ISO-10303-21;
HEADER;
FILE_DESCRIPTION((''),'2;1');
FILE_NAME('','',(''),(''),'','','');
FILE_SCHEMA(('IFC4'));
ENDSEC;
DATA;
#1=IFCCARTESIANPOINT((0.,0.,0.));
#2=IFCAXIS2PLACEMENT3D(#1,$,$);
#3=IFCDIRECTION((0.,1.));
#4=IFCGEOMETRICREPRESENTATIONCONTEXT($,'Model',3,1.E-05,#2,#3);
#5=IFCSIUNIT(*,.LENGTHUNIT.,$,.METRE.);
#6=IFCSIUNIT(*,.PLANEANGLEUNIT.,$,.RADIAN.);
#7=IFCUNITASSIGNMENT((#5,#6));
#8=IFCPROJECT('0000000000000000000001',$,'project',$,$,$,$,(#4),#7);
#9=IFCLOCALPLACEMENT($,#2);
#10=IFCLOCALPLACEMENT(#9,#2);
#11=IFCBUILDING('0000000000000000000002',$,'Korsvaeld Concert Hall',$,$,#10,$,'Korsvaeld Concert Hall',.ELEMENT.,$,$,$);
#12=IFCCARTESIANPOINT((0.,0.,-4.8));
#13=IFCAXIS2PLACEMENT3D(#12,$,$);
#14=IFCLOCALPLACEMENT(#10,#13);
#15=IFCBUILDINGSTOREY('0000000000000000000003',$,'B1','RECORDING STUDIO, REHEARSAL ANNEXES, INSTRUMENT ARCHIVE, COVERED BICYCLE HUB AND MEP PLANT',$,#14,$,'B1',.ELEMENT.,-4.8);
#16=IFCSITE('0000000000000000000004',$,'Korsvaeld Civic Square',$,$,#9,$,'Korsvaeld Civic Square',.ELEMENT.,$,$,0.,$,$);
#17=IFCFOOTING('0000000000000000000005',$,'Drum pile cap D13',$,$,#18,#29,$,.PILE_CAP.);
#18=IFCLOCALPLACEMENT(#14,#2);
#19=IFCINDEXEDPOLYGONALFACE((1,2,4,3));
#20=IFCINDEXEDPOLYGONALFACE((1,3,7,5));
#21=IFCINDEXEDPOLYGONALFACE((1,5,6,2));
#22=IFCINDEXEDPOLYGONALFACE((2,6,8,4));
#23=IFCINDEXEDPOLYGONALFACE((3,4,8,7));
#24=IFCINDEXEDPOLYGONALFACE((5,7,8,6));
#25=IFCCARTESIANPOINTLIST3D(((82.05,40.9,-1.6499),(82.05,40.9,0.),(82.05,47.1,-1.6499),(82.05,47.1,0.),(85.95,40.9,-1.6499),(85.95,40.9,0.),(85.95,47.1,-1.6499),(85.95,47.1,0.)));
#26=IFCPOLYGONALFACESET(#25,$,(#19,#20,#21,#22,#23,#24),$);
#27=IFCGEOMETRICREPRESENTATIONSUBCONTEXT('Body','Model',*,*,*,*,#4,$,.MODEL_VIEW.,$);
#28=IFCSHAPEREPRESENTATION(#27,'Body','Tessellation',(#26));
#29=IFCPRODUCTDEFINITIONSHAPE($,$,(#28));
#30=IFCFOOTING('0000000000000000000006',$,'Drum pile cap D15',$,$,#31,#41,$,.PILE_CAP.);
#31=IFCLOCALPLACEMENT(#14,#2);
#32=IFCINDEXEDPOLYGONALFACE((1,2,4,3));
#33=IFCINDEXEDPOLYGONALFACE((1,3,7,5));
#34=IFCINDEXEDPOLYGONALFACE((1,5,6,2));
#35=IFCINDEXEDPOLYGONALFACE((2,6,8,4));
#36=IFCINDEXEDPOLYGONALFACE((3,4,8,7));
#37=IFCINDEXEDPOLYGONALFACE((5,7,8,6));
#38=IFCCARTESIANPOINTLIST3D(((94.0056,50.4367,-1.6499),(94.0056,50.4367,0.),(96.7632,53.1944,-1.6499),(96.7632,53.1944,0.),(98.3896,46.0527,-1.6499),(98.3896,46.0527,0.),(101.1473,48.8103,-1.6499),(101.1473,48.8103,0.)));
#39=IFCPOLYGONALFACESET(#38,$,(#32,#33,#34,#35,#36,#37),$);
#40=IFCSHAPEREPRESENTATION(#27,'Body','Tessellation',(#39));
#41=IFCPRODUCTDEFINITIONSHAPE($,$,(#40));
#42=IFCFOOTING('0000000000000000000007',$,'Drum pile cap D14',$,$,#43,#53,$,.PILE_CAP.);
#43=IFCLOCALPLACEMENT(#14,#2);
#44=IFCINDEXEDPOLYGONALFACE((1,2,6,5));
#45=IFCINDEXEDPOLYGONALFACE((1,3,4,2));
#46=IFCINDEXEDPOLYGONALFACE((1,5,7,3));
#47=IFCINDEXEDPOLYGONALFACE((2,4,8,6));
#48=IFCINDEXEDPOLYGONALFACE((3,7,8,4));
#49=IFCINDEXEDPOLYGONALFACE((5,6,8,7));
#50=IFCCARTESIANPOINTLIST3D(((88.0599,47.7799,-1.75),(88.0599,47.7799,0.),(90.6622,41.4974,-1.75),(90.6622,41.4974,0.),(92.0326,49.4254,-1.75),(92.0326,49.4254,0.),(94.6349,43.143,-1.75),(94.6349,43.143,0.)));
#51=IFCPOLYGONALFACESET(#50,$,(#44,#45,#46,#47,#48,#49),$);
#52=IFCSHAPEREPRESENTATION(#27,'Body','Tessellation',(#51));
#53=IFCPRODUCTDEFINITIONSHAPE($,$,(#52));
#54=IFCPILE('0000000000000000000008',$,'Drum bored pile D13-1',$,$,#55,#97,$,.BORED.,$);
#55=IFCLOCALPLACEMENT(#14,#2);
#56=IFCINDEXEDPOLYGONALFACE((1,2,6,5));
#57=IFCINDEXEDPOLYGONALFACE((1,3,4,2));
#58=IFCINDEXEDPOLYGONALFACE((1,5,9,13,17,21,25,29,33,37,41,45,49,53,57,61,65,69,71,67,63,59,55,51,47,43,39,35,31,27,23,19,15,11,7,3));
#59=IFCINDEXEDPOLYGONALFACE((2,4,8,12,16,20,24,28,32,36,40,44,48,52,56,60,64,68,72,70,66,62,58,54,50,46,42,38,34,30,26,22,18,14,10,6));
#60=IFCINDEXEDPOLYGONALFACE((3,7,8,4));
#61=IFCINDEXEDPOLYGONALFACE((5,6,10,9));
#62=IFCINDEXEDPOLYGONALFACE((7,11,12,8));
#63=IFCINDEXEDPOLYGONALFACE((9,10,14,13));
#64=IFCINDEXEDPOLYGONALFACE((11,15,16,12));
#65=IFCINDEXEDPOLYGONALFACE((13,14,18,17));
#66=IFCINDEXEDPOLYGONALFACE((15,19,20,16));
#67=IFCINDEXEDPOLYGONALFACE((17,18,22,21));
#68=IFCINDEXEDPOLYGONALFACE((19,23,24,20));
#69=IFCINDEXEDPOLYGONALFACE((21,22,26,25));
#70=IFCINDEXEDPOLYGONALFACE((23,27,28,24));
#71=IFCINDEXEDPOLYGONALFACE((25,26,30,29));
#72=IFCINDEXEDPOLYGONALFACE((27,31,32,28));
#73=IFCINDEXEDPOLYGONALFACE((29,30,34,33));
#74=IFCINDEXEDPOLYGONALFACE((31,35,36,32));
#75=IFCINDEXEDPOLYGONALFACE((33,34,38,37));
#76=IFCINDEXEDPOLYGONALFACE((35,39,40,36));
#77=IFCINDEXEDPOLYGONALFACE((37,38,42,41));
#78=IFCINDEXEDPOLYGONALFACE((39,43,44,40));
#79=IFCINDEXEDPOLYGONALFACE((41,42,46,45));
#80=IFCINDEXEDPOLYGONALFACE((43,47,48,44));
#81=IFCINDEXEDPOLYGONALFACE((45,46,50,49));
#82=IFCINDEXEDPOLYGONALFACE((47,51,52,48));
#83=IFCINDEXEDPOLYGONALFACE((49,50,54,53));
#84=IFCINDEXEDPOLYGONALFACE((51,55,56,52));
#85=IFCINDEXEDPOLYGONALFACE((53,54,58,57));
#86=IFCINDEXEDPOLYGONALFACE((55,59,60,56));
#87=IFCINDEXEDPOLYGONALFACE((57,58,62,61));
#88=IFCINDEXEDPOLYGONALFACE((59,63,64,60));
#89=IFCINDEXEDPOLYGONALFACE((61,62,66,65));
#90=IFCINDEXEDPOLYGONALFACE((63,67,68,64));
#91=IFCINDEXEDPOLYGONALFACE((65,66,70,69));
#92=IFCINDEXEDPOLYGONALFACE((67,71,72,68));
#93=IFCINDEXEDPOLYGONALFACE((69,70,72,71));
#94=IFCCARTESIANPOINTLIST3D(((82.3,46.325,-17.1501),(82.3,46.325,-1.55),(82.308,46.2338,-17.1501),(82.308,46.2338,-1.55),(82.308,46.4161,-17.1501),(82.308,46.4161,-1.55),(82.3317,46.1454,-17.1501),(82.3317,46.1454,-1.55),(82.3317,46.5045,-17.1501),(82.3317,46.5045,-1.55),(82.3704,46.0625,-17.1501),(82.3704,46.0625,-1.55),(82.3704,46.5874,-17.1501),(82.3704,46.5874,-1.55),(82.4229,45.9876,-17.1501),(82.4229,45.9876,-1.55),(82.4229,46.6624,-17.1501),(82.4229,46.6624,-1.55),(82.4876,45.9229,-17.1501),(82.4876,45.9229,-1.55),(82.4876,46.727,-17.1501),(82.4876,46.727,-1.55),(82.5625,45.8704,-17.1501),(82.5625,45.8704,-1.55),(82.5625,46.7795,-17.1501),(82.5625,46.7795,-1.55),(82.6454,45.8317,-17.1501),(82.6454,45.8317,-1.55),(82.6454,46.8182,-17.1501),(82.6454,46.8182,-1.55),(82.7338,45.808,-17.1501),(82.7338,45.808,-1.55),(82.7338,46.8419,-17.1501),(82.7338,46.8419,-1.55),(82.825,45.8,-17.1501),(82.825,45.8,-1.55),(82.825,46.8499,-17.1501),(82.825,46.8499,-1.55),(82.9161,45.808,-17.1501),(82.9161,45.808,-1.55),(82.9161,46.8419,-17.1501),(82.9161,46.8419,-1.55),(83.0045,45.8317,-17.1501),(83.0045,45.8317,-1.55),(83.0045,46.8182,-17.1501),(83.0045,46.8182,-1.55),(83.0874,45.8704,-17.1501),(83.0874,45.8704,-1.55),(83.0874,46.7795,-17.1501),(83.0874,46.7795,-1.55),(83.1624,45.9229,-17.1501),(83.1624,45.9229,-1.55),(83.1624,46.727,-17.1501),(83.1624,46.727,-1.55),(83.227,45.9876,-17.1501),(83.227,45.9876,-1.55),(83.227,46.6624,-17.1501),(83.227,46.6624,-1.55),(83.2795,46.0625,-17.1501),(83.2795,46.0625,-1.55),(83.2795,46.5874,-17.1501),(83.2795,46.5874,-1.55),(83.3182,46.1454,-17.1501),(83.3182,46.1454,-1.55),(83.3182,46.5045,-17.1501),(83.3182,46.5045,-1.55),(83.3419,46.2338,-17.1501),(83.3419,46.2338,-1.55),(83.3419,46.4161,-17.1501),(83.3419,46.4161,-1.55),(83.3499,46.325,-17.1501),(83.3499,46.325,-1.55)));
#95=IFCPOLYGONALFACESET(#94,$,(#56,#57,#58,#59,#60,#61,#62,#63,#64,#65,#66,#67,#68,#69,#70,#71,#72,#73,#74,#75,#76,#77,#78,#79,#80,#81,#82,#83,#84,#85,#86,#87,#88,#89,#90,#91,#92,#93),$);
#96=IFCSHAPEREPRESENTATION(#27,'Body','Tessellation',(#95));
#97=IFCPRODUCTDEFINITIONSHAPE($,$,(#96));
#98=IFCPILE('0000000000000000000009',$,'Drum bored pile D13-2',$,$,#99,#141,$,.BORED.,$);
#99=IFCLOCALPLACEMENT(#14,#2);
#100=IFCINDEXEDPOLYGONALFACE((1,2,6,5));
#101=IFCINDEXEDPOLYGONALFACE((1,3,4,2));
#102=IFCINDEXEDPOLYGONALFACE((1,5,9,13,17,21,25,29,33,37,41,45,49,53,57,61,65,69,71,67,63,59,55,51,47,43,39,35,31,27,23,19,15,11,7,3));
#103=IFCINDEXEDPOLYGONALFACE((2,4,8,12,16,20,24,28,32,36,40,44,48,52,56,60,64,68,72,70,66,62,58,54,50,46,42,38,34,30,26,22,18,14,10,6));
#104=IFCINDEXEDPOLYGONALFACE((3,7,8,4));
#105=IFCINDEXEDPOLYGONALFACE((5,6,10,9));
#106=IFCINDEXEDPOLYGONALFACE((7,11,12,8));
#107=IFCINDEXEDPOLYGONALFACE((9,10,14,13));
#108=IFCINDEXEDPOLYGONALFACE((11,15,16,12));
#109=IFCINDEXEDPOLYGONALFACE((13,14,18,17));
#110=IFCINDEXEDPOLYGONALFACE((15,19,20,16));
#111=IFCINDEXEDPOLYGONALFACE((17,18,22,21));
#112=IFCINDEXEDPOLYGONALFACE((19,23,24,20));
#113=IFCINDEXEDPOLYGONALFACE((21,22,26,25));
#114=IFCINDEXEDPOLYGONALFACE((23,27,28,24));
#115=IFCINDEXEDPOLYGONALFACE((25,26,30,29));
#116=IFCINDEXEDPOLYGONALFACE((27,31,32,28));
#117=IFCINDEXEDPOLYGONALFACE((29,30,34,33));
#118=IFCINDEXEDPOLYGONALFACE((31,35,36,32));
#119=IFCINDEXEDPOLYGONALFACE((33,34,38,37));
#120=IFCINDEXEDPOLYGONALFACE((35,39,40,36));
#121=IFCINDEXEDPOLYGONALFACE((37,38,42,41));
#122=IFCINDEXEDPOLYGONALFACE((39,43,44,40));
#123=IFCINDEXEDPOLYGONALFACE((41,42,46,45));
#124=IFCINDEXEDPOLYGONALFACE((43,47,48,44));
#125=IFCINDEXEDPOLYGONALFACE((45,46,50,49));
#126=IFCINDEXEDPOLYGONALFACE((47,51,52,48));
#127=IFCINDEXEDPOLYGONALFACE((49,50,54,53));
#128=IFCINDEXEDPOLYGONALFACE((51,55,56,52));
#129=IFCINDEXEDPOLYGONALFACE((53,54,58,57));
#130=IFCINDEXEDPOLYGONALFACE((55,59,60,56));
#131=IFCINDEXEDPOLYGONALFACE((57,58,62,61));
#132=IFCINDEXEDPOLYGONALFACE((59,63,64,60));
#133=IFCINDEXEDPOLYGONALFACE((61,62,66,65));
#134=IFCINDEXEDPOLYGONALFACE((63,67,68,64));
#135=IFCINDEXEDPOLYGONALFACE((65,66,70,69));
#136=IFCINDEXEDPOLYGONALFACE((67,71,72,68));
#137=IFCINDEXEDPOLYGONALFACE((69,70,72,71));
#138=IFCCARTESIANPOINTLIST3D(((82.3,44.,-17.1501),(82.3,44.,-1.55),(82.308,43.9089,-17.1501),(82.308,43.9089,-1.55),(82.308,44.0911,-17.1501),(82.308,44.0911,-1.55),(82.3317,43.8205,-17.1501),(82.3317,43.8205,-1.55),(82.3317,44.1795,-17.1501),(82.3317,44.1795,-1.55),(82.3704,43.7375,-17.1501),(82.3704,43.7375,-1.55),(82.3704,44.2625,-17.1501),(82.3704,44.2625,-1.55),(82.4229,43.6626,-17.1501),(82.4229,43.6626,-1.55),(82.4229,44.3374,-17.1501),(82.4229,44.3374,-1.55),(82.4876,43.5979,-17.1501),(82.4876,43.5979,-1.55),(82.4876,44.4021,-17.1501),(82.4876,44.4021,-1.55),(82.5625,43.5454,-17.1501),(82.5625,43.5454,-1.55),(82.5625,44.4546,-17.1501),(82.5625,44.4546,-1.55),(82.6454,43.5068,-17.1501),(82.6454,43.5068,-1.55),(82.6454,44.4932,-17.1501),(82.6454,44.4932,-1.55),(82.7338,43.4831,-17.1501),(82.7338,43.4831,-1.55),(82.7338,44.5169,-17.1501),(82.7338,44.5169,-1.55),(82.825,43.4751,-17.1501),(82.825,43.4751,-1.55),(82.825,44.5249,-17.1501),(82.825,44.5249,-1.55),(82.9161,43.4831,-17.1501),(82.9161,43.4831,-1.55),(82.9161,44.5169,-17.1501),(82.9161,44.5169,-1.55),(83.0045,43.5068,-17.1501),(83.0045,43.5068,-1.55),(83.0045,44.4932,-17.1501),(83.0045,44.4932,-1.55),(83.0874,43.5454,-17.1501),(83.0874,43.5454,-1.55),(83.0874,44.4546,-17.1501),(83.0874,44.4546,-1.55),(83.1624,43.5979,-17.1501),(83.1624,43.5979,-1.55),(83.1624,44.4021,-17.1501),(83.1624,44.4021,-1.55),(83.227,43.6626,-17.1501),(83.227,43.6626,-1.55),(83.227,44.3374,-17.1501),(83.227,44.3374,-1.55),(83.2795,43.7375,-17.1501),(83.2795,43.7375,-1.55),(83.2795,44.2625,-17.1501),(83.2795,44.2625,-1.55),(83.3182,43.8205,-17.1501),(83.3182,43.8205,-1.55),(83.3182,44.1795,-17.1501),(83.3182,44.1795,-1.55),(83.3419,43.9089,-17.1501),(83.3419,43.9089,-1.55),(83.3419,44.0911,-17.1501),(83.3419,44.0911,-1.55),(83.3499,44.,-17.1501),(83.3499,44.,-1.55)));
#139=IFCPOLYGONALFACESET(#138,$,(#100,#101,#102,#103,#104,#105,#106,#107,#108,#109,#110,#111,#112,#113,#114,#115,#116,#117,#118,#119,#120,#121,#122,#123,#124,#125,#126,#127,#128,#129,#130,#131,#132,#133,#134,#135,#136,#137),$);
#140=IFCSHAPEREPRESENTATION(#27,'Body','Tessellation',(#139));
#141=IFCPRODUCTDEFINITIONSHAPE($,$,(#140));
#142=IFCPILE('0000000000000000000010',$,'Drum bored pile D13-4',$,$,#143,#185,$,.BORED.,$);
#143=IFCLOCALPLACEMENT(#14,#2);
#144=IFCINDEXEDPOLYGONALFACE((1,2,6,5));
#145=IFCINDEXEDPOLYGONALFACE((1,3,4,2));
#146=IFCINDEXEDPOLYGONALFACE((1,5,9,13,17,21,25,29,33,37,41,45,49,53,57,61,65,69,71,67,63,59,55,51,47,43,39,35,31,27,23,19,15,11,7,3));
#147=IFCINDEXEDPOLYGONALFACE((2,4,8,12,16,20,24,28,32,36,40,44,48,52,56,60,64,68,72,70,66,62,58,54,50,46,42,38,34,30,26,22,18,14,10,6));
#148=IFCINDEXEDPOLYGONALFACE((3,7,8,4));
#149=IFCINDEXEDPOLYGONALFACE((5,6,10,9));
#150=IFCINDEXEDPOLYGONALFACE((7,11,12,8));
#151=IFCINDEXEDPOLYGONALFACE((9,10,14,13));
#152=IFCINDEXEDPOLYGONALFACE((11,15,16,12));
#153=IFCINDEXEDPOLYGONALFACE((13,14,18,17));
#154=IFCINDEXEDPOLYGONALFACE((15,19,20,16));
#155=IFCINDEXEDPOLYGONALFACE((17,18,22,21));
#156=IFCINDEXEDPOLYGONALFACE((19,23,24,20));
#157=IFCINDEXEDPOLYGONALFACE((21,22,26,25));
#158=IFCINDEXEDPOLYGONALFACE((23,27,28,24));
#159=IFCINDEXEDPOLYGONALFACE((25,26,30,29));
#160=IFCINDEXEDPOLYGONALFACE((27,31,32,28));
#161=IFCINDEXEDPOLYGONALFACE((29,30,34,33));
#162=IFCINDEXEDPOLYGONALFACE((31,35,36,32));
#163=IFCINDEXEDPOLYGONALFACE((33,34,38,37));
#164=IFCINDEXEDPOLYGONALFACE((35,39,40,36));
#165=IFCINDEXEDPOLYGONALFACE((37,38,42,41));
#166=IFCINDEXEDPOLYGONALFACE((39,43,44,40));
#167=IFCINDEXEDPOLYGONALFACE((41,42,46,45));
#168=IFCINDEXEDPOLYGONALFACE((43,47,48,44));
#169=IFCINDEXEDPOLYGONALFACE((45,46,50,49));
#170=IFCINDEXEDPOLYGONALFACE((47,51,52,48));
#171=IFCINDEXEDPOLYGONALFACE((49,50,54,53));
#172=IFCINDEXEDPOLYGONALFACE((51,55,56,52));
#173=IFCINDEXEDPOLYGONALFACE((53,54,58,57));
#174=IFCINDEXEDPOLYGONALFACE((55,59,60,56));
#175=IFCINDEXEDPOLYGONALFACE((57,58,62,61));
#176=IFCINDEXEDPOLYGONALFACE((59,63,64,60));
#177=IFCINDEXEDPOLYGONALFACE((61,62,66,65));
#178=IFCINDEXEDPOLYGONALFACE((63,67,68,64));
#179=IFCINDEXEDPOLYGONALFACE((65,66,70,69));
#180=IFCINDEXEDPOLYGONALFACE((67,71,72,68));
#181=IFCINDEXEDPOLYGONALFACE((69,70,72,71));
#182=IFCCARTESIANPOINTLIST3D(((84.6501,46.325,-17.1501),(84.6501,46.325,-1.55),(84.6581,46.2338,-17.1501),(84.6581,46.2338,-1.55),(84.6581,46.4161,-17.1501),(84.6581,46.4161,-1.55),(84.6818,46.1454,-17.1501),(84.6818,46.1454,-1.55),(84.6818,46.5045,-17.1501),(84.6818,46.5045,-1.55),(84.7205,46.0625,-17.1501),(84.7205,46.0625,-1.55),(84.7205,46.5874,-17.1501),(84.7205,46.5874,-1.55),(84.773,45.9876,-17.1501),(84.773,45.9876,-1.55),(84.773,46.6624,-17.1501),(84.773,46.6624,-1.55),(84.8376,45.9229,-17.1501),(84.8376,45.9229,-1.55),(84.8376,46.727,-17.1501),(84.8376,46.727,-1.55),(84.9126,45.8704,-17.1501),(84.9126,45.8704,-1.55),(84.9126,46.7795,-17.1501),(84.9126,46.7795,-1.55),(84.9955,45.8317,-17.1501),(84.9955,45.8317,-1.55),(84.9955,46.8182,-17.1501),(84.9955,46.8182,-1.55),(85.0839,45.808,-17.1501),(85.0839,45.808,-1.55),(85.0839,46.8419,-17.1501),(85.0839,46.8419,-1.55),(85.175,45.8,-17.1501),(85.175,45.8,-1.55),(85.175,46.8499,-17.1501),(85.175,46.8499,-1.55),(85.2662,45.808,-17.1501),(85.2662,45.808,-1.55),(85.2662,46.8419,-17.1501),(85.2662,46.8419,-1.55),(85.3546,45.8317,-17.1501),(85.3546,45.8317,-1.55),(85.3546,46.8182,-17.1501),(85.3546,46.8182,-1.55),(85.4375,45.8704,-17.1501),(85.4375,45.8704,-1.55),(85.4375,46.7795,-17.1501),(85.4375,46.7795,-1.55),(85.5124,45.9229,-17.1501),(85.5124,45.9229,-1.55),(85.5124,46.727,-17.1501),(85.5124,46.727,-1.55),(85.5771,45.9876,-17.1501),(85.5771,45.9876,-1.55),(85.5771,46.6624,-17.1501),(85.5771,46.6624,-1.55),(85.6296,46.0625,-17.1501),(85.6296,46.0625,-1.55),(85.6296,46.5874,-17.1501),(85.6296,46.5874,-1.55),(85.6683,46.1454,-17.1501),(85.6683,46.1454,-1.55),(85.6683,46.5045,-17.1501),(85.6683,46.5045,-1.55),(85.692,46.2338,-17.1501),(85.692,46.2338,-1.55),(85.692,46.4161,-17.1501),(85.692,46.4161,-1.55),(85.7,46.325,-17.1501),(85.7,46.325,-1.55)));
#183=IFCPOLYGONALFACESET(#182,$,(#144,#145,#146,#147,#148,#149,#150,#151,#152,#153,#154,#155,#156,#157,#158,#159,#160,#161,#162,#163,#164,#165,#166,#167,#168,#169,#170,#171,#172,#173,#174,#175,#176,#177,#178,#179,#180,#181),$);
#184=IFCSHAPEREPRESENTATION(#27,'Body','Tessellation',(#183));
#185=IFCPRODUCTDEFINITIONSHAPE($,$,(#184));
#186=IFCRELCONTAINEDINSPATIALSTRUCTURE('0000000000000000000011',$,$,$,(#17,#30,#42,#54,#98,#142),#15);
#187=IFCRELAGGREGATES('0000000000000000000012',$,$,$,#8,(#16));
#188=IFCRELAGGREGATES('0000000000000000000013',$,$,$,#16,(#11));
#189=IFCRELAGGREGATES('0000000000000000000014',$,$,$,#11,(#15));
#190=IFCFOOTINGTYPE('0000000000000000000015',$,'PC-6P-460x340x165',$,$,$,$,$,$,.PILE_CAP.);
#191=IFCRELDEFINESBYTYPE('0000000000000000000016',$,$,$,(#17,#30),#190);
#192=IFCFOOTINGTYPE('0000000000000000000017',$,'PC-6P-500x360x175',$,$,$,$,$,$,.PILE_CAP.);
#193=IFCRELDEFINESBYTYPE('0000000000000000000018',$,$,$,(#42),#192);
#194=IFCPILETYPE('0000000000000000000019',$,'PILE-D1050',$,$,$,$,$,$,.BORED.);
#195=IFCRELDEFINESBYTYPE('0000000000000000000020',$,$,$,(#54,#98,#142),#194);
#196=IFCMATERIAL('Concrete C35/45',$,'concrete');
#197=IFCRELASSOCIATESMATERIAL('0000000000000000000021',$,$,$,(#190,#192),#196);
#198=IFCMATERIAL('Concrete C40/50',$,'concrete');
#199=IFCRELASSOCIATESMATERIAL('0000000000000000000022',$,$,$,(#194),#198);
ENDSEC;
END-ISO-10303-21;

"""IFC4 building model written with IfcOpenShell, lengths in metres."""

from ifc_helpers import new_model, si_unit, direction, frame, origin, origin_2d, place, context, subcontext, project, spatial, rectangle, circle, extrude, material, material_profile, profile_set, type_object, element, save


model = new_model("IFC4")

# Units and contexts
model_context = context("Model", 3, precision=1e-05, world=origin(), true_north=direction((0.0, 1.0)))
body_context = subcontext(model_context, "Body", "Model", "MODEL_VIEW")
ifc_project = project(units=[si_unit("LENGTHUNIT", "METRE"), si_unit("PLANEANGLEUNIT", "RADIAN")], contexts=[model_context])

# Site, building, storey
site_placement = place(None, origin())
site = spatial("IfcSite", under=ifc_project, at=site_placement, Name="Korsvaeld Civic Square", LongName="Korsvaeld Civic Square", CompositionType="ELEMENT", RefElevation=0.0)
building_placement = place(site_placement, origin())
building = spatial("IfcBuilding", under=site, at=building_placement, Name="Korsvaeld Concert Hall", LongName="Korsvaeld Concert Hall", CompositionType="ELEMENT")
storey_placement = place(building_placement, frame((0.0, 0.0, -4.8)))
storey = spatial("IfcBuildingStorey", under=building, at=storey_placement, Name="B1", Description="RECORDING STUDIO, REHEARSAL ANNEXES, INSTRUMENT ARCHIVE, COVERED BICYCLE HUB AND MEP PLANT", LongName="B1", CompositionType="ELEMENT", Elevation=-4.8)

# Footings
ifc_material_1 = material(Name="Concrete C35/45", Category="concrete")
footing_type_1 = type_object("IfcFootingType", Name="PC-6P-460x340x165", PredefinedType="PILE_CAP", material=ifc_material_1)
for number, where, z_axis, x_axis, name in (
    (1, (84.0, 44.0, -1.6499), (0.0, 0.0, 1.0), (0.0, -1.0, 0.0), "Drum pile cap D13"),
    (2, (97.5764, 49.6235, -1.6499), (0.0, 0.0, 1.0), (0.707107, -0.707107, 0.0), "Drum pile cap D15"),
):
    element("IfcFooting", number, at=place(storey_placement, frame(where, z_axis=z_axis, x_axis=x_axis)), inside=storey, type_object=footing_type_1, Name=name, PredefinedType="PILE_CAP", context=body_context, shape_type="SweptSolid", body=[
        extrude(rectangle(XDim=6.2, YDim=3.8999, at=origin_2d()), origin(), (0.0, 0.0, 1.0), 1.6499),
    ])
footing_type_2 = type_object("IfcFootingType", Name="PC-6P-500x360x175", PredefinedType="PILE_CAP", material=ifc_material_1)
footing_placement = place(storey_placement, frame((91.3474, 45.4614, -1.75), z_axis=(0.0, 0.0, 1.0), x_axis=(0.382683, -0.92388, 0.0)))
element("IfcFooting", 3, at=footing_placement, inside=storey, type_object=footing_type_2, Name="Drum pile cap D14", PredefinedType="PILE_CAP", context=body_context, shape_type="SweptSolid", body=[
    extrude(rectangle(XDim=6.8, YDim=4.3, at=origin_2d()), origin(), (0.0, 0.0, 1.0), 1.75),
])

# Piles
ifc_material_2 = material(Name="Concrete C40/50", Category="concrete")
ifc_material_profile_1 = material_profile(ifc_material_2, circle(Radius=0.5249, at=origin_2d()), Name="BORED PILE D1050")
ifc_profile_set_1 = profile_set([ifc_material_profile_1], Name="Concrete C40/50")
pile_type_1 = type_object("IfcPileType", Name="PILE-D1050", PredefinedType="BORED", material=ifc_profile_set_1)
for number, where, z_axis, x_axis, name in (
    (4, (82.825, 46.325, -1.55), (0.0, 0.0, -1.0), (1.0, 0.0, 0.0), "Drum bored pile D13-1"),
    (5, (82.825, 44.0, -1.55), (0.0, 0.0, -1.0), (1.0, 0.0, 0.0), "Drum bored pile D13-2"),
    (6, (85.175, 46.325, -1.55), (0.0, 0.0, -1.0), (1.0, 0.0, 0.0), "Drum bored pile D13-4"),
):
    element("IfcPile", number, at=place(storey_placement, frame(where, z_axis=z_axis, x_axis=x_axis)), inside=storey, type_object=pile_type_1, Name=name, PredefinedType="BORED", context=body_context, shape_type="SweptSolid", body=[
        extrude(circle(Radius=0.5249, at=origin_2d()), origin(), (0.0, 0.0, 1.0), 15.6001),
    ])

save(model, "model.ifc")
